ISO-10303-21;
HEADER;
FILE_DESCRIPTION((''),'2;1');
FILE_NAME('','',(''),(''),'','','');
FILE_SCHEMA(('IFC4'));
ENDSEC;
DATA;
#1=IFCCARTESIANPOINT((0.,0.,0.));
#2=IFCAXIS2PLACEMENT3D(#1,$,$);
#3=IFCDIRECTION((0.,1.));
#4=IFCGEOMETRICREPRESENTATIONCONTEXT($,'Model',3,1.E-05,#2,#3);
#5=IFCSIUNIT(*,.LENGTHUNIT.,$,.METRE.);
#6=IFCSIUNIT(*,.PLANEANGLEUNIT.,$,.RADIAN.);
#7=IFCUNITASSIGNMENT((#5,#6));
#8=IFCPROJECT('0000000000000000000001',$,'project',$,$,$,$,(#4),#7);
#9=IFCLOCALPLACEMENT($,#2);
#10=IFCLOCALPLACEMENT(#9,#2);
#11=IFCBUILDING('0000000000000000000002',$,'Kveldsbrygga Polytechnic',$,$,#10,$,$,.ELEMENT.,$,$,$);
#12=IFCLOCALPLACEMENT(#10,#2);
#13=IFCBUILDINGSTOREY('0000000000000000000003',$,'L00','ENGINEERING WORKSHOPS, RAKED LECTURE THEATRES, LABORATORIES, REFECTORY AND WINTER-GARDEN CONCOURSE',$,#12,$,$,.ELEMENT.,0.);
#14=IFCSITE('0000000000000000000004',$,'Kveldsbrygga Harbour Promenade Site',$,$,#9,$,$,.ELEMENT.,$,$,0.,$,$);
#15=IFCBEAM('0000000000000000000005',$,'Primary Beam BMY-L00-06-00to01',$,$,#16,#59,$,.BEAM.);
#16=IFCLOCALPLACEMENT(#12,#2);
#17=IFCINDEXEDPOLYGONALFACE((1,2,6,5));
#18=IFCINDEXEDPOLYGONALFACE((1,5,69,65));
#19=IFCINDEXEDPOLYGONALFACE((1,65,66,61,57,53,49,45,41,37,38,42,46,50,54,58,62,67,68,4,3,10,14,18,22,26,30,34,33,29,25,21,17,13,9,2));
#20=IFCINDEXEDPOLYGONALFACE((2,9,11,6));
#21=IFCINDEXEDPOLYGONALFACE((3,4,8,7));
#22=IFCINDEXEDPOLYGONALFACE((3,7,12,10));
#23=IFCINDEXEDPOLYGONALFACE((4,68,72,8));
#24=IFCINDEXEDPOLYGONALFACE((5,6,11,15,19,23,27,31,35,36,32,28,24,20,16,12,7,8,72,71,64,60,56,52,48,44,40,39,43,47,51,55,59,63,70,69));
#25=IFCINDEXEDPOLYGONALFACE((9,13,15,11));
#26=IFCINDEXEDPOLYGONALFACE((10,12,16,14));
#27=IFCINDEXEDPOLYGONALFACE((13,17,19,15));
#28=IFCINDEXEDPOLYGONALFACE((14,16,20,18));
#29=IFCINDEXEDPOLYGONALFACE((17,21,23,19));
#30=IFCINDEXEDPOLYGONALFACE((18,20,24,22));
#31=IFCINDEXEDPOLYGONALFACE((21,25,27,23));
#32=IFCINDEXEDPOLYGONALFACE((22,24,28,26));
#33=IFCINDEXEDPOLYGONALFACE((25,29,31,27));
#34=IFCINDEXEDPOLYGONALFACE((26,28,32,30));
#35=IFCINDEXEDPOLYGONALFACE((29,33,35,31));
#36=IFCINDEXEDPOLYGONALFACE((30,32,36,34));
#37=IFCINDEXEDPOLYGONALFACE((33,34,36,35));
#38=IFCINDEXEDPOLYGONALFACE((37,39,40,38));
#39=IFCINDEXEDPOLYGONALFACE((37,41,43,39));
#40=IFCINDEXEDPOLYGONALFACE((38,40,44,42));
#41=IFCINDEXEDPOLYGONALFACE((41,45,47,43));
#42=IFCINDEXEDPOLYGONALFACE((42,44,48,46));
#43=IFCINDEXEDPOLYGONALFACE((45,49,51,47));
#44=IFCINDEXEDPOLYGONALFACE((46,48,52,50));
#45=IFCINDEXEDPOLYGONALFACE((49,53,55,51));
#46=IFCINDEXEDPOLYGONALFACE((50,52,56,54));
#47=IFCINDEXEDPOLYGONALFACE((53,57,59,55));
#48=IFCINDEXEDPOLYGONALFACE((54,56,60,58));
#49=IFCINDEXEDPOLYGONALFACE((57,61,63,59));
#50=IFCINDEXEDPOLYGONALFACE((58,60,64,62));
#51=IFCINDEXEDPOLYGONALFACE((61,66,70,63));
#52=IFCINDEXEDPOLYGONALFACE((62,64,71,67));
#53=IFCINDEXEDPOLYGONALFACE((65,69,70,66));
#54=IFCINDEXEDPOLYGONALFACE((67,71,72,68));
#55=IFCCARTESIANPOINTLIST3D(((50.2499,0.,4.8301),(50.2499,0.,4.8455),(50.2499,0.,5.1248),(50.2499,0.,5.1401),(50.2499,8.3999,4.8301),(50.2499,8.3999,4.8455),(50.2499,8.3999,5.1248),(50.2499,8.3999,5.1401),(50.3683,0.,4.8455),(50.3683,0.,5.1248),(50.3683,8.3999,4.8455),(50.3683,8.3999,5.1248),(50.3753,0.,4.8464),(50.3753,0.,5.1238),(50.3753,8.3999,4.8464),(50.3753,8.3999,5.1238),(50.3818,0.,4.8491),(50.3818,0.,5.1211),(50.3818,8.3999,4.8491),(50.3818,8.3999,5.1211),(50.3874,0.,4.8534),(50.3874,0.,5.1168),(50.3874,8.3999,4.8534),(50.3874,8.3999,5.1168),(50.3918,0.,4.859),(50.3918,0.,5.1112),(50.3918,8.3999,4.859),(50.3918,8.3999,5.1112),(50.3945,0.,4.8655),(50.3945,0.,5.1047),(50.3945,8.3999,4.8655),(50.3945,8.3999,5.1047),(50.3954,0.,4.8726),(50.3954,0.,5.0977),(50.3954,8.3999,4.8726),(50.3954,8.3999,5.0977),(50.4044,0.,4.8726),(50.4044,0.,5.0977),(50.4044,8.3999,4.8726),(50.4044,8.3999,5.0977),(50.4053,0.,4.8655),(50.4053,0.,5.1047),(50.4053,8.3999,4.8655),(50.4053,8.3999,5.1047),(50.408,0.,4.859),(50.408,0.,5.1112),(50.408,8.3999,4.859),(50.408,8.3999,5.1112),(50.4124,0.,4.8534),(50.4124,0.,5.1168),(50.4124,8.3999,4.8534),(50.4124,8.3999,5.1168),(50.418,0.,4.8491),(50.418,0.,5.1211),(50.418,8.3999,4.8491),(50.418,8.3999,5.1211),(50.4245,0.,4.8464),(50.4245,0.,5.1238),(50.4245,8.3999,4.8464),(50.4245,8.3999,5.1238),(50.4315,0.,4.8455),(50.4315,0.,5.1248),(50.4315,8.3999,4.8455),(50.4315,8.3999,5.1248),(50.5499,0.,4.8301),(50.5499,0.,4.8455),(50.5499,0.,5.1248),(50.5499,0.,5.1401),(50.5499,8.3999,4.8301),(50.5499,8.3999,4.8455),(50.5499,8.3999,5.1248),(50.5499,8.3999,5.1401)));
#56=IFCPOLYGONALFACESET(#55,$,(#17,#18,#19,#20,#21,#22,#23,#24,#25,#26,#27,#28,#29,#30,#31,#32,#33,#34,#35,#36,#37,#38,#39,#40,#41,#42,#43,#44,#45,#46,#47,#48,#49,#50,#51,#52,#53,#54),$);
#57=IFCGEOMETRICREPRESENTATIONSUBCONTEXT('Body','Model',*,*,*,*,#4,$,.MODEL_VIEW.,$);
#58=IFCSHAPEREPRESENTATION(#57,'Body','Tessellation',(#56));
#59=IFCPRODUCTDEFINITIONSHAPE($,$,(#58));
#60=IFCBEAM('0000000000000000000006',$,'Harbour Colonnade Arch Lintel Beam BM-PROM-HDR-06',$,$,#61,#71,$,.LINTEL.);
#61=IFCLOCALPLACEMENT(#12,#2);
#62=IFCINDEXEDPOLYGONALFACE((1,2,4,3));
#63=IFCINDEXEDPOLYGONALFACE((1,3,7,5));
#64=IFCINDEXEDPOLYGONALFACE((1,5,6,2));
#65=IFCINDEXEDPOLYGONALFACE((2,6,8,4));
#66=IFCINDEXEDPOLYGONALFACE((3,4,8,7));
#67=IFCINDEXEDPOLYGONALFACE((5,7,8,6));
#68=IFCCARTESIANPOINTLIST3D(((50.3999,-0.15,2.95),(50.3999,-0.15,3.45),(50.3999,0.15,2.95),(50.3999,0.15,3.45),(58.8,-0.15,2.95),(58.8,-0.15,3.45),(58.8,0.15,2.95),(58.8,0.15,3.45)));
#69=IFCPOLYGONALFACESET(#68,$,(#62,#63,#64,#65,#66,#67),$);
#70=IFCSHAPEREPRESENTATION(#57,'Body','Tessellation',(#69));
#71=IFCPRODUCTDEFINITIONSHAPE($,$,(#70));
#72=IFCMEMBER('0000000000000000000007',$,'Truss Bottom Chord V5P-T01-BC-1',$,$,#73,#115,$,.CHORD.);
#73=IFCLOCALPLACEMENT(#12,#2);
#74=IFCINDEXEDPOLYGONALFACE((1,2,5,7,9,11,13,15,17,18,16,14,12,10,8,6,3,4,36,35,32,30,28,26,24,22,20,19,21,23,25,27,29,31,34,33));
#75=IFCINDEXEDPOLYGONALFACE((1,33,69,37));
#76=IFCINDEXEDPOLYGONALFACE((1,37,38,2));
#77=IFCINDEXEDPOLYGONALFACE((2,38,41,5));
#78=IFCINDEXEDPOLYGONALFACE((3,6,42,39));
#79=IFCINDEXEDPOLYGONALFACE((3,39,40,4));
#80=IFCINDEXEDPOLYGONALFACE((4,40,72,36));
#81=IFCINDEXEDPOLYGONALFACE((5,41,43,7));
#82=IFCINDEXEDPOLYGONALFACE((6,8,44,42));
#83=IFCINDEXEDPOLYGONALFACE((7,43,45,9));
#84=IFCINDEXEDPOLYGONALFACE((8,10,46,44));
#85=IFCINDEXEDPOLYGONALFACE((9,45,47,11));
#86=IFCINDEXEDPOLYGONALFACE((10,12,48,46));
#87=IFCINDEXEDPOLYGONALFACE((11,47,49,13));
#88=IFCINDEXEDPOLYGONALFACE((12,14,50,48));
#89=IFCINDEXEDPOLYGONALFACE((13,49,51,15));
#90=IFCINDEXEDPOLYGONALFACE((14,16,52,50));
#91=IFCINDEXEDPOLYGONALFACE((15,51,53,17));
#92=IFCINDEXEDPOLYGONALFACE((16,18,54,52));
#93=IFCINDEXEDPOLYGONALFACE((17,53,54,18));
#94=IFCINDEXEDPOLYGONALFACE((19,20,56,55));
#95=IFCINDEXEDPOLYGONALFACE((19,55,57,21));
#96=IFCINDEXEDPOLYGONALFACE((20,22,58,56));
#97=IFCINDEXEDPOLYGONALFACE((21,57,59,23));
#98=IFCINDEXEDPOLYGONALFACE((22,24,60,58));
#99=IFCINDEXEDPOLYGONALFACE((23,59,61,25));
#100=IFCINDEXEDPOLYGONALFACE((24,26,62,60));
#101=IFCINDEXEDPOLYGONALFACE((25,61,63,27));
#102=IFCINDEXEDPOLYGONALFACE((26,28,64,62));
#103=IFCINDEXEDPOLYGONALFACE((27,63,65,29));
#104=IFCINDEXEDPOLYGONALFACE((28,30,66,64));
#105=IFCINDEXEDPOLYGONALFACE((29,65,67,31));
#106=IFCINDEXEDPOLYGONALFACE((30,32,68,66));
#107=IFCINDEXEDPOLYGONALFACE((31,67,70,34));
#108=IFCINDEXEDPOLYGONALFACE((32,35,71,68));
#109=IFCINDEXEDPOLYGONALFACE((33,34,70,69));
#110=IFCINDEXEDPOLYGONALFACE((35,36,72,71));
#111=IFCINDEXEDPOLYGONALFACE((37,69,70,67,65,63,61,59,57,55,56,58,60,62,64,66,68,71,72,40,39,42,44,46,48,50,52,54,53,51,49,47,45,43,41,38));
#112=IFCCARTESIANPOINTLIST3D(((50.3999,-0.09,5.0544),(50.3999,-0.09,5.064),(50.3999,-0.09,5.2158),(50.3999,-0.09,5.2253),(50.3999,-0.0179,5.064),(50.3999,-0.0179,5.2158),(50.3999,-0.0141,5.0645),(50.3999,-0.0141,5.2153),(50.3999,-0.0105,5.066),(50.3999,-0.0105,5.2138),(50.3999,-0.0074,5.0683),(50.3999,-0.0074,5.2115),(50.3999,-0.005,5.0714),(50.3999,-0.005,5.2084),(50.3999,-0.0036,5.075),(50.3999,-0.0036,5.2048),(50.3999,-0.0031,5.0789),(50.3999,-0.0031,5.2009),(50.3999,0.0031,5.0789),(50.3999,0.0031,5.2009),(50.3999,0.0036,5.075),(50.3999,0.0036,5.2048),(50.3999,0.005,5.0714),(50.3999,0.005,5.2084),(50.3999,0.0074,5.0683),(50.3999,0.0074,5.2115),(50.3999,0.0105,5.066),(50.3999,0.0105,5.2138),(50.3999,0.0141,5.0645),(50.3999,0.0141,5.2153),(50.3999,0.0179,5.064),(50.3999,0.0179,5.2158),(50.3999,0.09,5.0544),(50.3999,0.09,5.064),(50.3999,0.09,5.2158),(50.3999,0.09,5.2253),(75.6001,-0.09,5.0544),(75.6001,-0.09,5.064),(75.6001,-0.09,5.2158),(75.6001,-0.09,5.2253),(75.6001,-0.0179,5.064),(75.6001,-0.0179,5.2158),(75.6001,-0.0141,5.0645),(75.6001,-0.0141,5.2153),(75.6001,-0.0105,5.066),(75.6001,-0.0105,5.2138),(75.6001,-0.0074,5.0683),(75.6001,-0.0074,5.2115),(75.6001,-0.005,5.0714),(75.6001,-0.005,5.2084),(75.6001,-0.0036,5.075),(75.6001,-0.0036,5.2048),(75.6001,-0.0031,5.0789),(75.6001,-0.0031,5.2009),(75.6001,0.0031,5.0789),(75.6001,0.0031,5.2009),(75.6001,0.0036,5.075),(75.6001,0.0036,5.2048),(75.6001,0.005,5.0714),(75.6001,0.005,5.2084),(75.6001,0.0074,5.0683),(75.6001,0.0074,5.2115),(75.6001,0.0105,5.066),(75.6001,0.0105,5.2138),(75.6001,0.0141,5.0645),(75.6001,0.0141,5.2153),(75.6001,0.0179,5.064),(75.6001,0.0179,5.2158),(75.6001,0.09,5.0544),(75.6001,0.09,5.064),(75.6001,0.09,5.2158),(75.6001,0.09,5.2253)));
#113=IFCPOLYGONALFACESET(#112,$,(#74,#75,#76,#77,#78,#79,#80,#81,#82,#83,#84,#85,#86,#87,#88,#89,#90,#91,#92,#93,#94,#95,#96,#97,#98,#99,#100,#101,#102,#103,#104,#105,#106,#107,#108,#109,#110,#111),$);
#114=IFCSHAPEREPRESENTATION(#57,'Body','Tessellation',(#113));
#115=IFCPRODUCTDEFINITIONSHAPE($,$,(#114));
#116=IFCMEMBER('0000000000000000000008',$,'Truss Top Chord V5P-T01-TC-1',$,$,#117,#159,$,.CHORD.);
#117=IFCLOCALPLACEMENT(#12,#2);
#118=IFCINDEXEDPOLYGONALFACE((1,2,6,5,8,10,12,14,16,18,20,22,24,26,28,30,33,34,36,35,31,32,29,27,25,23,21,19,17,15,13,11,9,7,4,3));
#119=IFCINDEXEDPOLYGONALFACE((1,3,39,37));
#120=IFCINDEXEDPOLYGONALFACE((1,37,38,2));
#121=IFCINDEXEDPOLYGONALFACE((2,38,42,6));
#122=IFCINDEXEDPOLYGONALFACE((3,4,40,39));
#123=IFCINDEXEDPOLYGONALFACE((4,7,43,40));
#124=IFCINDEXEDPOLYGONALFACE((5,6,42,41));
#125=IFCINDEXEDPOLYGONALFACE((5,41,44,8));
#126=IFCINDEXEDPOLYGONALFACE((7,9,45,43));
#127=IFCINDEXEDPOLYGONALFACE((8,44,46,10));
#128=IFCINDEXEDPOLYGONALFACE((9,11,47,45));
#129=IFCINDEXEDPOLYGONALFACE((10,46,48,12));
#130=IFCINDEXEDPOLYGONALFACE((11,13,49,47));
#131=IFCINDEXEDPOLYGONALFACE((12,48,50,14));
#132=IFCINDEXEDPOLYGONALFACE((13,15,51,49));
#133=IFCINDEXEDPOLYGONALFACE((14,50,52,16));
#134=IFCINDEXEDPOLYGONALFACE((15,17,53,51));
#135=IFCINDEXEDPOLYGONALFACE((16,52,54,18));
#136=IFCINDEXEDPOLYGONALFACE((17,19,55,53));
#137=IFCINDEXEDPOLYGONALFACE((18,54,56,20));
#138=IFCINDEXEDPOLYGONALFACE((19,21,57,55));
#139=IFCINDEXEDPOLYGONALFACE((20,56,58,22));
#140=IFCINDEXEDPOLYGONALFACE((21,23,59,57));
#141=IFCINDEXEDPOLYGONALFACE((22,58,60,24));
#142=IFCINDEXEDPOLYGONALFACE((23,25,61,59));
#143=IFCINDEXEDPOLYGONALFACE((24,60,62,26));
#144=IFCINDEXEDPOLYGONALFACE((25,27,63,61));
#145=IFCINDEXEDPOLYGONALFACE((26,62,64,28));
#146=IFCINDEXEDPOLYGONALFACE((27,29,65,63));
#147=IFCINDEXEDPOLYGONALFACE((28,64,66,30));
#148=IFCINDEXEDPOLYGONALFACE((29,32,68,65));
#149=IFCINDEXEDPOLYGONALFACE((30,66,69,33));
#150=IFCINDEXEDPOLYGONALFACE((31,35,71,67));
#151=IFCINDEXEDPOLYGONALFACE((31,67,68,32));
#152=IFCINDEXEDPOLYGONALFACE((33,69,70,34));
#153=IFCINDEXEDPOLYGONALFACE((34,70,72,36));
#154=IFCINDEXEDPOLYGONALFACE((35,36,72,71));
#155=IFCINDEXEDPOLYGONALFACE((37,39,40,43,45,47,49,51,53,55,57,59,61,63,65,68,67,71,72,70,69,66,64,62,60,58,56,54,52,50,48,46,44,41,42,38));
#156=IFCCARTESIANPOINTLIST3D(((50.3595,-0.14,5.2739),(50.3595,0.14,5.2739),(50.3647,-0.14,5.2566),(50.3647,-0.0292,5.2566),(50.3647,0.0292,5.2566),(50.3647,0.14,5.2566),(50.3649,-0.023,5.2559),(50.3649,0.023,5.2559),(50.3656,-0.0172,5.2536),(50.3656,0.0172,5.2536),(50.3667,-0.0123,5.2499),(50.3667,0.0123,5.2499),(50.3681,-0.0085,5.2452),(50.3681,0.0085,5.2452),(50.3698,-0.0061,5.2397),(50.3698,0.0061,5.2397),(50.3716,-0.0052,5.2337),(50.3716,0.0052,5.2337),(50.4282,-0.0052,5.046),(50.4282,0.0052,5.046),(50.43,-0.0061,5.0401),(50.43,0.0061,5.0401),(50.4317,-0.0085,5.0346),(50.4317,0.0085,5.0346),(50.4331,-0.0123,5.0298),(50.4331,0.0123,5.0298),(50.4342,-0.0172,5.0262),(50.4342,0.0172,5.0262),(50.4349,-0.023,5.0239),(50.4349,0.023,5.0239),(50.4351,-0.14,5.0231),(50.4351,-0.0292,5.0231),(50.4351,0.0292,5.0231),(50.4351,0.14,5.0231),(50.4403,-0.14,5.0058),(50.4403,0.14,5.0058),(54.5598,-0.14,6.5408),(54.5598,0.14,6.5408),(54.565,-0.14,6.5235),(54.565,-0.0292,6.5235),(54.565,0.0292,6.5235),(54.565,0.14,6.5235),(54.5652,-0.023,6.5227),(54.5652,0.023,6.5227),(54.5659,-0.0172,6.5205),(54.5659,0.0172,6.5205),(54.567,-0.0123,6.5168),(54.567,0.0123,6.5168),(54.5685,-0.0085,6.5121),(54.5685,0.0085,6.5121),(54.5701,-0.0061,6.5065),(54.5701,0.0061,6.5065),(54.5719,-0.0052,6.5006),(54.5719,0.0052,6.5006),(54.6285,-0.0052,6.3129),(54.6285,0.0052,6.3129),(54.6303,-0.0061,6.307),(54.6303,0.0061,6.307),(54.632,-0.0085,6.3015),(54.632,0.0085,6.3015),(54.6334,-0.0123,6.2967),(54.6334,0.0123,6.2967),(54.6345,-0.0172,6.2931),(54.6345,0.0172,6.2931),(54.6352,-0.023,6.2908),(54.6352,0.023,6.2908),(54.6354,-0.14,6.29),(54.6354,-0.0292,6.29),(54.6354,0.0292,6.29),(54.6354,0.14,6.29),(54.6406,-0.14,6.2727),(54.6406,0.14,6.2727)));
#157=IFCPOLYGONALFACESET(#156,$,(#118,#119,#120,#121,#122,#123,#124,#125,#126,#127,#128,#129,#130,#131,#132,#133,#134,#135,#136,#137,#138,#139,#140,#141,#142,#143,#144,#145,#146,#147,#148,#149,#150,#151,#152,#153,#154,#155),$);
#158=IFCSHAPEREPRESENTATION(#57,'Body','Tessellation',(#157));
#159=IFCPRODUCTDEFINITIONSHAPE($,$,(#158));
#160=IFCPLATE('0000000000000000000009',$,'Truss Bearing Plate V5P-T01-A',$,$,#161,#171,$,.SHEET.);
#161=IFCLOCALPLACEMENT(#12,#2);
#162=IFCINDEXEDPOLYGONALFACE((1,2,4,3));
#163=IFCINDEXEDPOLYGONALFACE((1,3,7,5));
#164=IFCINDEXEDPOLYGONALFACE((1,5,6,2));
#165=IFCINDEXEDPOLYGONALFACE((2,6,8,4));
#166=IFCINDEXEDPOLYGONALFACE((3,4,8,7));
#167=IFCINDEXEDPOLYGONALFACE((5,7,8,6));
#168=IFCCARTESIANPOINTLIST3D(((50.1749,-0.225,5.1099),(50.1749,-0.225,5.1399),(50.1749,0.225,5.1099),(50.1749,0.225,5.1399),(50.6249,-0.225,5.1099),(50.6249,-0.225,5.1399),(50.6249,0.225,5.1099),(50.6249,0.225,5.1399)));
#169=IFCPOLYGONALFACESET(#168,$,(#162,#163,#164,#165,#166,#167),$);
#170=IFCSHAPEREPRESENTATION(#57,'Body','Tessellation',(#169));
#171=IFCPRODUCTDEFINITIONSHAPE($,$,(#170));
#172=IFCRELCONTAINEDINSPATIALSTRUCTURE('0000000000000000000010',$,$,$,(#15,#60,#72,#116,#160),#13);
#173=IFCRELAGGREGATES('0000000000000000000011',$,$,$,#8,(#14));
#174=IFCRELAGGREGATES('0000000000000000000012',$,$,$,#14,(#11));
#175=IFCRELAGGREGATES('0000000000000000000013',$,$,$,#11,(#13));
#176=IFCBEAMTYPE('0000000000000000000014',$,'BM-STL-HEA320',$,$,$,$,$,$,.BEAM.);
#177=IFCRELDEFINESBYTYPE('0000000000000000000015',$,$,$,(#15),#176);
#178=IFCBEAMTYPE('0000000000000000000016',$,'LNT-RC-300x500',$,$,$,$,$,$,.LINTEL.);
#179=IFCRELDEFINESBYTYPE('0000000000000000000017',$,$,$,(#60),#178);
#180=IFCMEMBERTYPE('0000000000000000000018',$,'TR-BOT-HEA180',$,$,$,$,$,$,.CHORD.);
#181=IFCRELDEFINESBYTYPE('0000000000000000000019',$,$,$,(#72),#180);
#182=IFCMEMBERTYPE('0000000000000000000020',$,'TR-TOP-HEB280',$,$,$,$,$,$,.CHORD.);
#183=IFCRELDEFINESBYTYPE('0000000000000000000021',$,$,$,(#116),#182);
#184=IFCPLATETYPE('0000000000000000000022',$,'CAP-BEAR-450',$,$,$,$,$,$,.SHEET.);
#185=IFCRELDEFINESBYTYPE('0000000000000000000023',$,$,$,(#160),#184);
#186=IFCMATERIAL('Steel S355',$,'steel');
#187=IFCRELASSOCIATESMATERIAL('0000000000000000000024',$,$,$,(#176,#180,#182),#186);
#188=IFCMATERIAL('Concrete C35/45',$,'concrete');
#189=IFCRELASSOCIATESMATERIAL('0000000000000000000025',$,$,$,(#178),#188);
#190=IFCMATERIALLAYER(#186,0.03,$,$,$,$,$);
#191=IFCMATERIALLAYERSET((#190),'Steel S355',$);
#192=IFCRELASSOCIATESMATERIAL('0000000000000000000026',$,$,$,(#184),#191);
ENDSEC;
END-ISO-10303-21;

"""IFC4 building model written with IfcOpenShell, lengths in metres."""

from ifc_helpers import new_model, si_unit, direction, frame, origin, origin_2d, place, context, subcontext, project, spatial, rectangle, i_section, extrude, material, layer, layer_set, material_profile, profile_set, type_object, element, save


model = new_model("IFC4")

# Units and contexts
model_context = context("Model", 3, precision=1e-05, world=origin(), true_north=direction((0.0, 1.0)))
body_context = subcontext(model_context, "Body", "Model", "MODEL_VIEW")
ifc_project = project(units=[si_unit("LENGTHUNIT", "METRE"), si_unit("PLANEANGLEUNIT", "RADIAN")], contexts=[model_context])

# Site, building, storey
site_placement = place(None, origin())
site = spatial("IfcSite", under=ifc_project, at=site_placement, Name="Kveldsbrygga Harbour Promenade Site", CompositionType="ELEMENT", RefElevation=0.0)
building_placement = place(site_placement, origin())
building = spatial("IfcBuilding", under=site, at=building_placement, Name="Kveldsbrygga Polytechnic", CompositionType="ELEMENT")
storey_placement = place(building_placement, origin())
storey = spatial("IfcBuildingStorey", under=building, at=storey_placement, Name="L00", Description="ENGINEERING WORKSHOPS, RAKED LECTURE THEATRES, LABORATORIES, REFECTORY AND WINTER-GARDEN CONCOURSE", CompositionType="ELEMENT", Elevation=0.0)

# Beams
ifc_material_1 = material(Name="Steel S355", Category="steel")
ifc_material_profile_1 = material_profile(ifc_material_1, i_section(OverallWidth=0.3, OverallDepth=0.3101, WebThickness=0.009, FlangeThickness=0.0154, FilletRadius=0.0271, at=origin_2d()), Name="HEA 320")
ifc_profile_set_1 = profile_set([ifc_material_profile_1], Name="Steel S355")
beam_type_1 = type_object("IfcBeamType", Name="BM-STL-HEA320", PredefinedType="BEAM", material=ifc_profile_set_1)
beam_1_placement = place(storey_placement, frame((50.3999, 0.0, 4.9851), z_axis=(0.0, 1.0, 0.0), x_axis=(-1.0, 0.0, 0.0)))
element("IfcBeam", 1, at=beam_1_placement, inside=storey, type_object=beam_type_1, Name="Primary Beam BMY-L00-06-00to01", PredefinedType="BEAM", context=body_context, shape_type="SweptSolid", body=[
    extrude(i_section(OverallWidth=0.3, OverallDepth=0.3101, WebThickness=0.009, FlangeThickness=0.0154, FilletRadius=0.0271, at=origin_2d()), origin(), (0.0, 0.0, 1.0), 8.3999),
])
ifc_material_2 = material(Name="Concrete C35/45", Category="concrete")
ifc_material_profile_2 = material_profile(ifc_material_2, rectangle(XDim=0.3, YDim=0.5, at=origin_2d()), Name="RC 300x500")
ifc_profile_set_2 = profile_set([ifc_material_profile_2], Name="Concrete C35/45")
beam_type_2 = type_object("IfcBeamType", Name="LNT-RC-300x500", PredefinedType="LINTEL", material=ifc_profile_set_2)
beam_2_placement = place(storey_placement, frame((50.3999, 0.0, 3.2), z_axis=(1.0, 0.0, 0.0), x_axis=(0.0, 1.0, 0.0)))
element("IfcBeam", 2, at=beam_2_placement, inside=storey, type_object=beam_type_2, Name="Harbour Colonnade Arch Lintel Beam BM-PROM-HDR-06", PredefinedType="LINTEL", context=body_context, shape_type="SweptSolid", body=[
    extrude(rectangle(XDim=0.3, YDim=0.5, at=origin_2d()), origin(), (0.0, 0.0, 1.0), 8.4001),
])

# Members
ifc_material_profile_3 = material_profile(ifc_material_1, i_section(OverallWidth=0.1799, OverallDepth=0.1709, WebThickness=0.0061, FlangeThickness=0.0095, FilletRadius=0.0149, at=origin_2d()), Name="HEA 180")
ifc_profile_set_3 = profile_set([ifc_material_profile_3], Name="Steel S355")
member_type_1 = type_object("IfcMemberType", Name="TR-BOT-HEA180", PredefinedType="CHORD", material=ifc_profile_set_3)
member_1_placement = place(storey_placement, frame((50.3999, 0.0, 5.1399), z_axis=(1.0, 0.0, 0.0), x_axis=(0.0, 1.0, 0.0)))
element("IfcMember", 3, at=member_1_placement, inside=storey, type_object=member_type_1, Name="Truss Bottom Chord V5P-T01-BC-1", PredefinedType="CHORD", context=body_context, shape_type="SweptSolid", body=[
    extrude(i_section(OverallWidth=0.1799, OverallDepth=0.1709, WebThickness=0.0061, FlangeThickness=0.0095, FilletRadius=0.0149, at=origin_2d()), origin(), (0.0, 0.0, 1.0), 25.2002),
])
ifc_material_profile_4 = material_profile(ifc_material_1, i_section(OverallWidth=0.28, OverallDepth=0.28, WebThickness=0.0105, FlangeThickness=0.0181, FilletRadius=0.0239, at=origin_2d()), Name="HEB 280")
ifc_profile_set_4 = profile_set([ifc_material_profile_4], Name="Steel S355")
member_type_2 = type_object("IfcMemberType", Name="TR-TOP-HEB280", PredefinedType="CHORD", material=ifc_profile_set_4)
member_2_placement = place(storey_placement, frame((50.3999, 0.0, 5.1399), z_axis=(0.957399, 0.0, 0.288767), x_axis=(0.0, 1.0, 0.0)))
element("IfcMember", 4, at=member_2_placement, inside=storey, type_object=member_type_2, Name="Truss Top Chord V5P-T01-TC-1", PredefinedType="CHORD", context=body_context, shape_type="SweptSolid", body=[
    extrude(i_section(OverallWidth=0.28, OverallDepth=0.28, WebThickness=0.0105, FlangeThickness=0.0181, FilletRadius=0.0239, at=origin_2d()), origin(), (0.0, 0.0, 1.0), 4.3872),
])

# Plate
ifc_layer_1 = layer(ifc_material_1, 0.03)
ifc_layer_set_1 = layer_set([ifc_layer_1], Name="Steel S355")
plate_type = type_object("IfcPlateType", Name="CAP-BEAR-450", PredefinedType="SHEET", material=ifc_layer_set_1)
plate_placement = place(storey_placement, frame((50.3999, 0.0, 5.1099), z_axis=(0.0, 0.0, 1.0), x_axis=(1.0, 0.0, 0.0)))
element("IfcPlate", 5, at=plate_placement, inside=storey, type_object=plate_type, Name="Truss Bearing Plate V5P-T01-A", PredefinedType="SHEET", context=body_context, shape_type="SweptSolid", body=[
    extrude(rectangle(XDim=0.45, YDim=0.45, at=origin_2d()), origin(), (0.0, 0.0, 1.0), 0.03),
])

save(model, "model.ifc")
